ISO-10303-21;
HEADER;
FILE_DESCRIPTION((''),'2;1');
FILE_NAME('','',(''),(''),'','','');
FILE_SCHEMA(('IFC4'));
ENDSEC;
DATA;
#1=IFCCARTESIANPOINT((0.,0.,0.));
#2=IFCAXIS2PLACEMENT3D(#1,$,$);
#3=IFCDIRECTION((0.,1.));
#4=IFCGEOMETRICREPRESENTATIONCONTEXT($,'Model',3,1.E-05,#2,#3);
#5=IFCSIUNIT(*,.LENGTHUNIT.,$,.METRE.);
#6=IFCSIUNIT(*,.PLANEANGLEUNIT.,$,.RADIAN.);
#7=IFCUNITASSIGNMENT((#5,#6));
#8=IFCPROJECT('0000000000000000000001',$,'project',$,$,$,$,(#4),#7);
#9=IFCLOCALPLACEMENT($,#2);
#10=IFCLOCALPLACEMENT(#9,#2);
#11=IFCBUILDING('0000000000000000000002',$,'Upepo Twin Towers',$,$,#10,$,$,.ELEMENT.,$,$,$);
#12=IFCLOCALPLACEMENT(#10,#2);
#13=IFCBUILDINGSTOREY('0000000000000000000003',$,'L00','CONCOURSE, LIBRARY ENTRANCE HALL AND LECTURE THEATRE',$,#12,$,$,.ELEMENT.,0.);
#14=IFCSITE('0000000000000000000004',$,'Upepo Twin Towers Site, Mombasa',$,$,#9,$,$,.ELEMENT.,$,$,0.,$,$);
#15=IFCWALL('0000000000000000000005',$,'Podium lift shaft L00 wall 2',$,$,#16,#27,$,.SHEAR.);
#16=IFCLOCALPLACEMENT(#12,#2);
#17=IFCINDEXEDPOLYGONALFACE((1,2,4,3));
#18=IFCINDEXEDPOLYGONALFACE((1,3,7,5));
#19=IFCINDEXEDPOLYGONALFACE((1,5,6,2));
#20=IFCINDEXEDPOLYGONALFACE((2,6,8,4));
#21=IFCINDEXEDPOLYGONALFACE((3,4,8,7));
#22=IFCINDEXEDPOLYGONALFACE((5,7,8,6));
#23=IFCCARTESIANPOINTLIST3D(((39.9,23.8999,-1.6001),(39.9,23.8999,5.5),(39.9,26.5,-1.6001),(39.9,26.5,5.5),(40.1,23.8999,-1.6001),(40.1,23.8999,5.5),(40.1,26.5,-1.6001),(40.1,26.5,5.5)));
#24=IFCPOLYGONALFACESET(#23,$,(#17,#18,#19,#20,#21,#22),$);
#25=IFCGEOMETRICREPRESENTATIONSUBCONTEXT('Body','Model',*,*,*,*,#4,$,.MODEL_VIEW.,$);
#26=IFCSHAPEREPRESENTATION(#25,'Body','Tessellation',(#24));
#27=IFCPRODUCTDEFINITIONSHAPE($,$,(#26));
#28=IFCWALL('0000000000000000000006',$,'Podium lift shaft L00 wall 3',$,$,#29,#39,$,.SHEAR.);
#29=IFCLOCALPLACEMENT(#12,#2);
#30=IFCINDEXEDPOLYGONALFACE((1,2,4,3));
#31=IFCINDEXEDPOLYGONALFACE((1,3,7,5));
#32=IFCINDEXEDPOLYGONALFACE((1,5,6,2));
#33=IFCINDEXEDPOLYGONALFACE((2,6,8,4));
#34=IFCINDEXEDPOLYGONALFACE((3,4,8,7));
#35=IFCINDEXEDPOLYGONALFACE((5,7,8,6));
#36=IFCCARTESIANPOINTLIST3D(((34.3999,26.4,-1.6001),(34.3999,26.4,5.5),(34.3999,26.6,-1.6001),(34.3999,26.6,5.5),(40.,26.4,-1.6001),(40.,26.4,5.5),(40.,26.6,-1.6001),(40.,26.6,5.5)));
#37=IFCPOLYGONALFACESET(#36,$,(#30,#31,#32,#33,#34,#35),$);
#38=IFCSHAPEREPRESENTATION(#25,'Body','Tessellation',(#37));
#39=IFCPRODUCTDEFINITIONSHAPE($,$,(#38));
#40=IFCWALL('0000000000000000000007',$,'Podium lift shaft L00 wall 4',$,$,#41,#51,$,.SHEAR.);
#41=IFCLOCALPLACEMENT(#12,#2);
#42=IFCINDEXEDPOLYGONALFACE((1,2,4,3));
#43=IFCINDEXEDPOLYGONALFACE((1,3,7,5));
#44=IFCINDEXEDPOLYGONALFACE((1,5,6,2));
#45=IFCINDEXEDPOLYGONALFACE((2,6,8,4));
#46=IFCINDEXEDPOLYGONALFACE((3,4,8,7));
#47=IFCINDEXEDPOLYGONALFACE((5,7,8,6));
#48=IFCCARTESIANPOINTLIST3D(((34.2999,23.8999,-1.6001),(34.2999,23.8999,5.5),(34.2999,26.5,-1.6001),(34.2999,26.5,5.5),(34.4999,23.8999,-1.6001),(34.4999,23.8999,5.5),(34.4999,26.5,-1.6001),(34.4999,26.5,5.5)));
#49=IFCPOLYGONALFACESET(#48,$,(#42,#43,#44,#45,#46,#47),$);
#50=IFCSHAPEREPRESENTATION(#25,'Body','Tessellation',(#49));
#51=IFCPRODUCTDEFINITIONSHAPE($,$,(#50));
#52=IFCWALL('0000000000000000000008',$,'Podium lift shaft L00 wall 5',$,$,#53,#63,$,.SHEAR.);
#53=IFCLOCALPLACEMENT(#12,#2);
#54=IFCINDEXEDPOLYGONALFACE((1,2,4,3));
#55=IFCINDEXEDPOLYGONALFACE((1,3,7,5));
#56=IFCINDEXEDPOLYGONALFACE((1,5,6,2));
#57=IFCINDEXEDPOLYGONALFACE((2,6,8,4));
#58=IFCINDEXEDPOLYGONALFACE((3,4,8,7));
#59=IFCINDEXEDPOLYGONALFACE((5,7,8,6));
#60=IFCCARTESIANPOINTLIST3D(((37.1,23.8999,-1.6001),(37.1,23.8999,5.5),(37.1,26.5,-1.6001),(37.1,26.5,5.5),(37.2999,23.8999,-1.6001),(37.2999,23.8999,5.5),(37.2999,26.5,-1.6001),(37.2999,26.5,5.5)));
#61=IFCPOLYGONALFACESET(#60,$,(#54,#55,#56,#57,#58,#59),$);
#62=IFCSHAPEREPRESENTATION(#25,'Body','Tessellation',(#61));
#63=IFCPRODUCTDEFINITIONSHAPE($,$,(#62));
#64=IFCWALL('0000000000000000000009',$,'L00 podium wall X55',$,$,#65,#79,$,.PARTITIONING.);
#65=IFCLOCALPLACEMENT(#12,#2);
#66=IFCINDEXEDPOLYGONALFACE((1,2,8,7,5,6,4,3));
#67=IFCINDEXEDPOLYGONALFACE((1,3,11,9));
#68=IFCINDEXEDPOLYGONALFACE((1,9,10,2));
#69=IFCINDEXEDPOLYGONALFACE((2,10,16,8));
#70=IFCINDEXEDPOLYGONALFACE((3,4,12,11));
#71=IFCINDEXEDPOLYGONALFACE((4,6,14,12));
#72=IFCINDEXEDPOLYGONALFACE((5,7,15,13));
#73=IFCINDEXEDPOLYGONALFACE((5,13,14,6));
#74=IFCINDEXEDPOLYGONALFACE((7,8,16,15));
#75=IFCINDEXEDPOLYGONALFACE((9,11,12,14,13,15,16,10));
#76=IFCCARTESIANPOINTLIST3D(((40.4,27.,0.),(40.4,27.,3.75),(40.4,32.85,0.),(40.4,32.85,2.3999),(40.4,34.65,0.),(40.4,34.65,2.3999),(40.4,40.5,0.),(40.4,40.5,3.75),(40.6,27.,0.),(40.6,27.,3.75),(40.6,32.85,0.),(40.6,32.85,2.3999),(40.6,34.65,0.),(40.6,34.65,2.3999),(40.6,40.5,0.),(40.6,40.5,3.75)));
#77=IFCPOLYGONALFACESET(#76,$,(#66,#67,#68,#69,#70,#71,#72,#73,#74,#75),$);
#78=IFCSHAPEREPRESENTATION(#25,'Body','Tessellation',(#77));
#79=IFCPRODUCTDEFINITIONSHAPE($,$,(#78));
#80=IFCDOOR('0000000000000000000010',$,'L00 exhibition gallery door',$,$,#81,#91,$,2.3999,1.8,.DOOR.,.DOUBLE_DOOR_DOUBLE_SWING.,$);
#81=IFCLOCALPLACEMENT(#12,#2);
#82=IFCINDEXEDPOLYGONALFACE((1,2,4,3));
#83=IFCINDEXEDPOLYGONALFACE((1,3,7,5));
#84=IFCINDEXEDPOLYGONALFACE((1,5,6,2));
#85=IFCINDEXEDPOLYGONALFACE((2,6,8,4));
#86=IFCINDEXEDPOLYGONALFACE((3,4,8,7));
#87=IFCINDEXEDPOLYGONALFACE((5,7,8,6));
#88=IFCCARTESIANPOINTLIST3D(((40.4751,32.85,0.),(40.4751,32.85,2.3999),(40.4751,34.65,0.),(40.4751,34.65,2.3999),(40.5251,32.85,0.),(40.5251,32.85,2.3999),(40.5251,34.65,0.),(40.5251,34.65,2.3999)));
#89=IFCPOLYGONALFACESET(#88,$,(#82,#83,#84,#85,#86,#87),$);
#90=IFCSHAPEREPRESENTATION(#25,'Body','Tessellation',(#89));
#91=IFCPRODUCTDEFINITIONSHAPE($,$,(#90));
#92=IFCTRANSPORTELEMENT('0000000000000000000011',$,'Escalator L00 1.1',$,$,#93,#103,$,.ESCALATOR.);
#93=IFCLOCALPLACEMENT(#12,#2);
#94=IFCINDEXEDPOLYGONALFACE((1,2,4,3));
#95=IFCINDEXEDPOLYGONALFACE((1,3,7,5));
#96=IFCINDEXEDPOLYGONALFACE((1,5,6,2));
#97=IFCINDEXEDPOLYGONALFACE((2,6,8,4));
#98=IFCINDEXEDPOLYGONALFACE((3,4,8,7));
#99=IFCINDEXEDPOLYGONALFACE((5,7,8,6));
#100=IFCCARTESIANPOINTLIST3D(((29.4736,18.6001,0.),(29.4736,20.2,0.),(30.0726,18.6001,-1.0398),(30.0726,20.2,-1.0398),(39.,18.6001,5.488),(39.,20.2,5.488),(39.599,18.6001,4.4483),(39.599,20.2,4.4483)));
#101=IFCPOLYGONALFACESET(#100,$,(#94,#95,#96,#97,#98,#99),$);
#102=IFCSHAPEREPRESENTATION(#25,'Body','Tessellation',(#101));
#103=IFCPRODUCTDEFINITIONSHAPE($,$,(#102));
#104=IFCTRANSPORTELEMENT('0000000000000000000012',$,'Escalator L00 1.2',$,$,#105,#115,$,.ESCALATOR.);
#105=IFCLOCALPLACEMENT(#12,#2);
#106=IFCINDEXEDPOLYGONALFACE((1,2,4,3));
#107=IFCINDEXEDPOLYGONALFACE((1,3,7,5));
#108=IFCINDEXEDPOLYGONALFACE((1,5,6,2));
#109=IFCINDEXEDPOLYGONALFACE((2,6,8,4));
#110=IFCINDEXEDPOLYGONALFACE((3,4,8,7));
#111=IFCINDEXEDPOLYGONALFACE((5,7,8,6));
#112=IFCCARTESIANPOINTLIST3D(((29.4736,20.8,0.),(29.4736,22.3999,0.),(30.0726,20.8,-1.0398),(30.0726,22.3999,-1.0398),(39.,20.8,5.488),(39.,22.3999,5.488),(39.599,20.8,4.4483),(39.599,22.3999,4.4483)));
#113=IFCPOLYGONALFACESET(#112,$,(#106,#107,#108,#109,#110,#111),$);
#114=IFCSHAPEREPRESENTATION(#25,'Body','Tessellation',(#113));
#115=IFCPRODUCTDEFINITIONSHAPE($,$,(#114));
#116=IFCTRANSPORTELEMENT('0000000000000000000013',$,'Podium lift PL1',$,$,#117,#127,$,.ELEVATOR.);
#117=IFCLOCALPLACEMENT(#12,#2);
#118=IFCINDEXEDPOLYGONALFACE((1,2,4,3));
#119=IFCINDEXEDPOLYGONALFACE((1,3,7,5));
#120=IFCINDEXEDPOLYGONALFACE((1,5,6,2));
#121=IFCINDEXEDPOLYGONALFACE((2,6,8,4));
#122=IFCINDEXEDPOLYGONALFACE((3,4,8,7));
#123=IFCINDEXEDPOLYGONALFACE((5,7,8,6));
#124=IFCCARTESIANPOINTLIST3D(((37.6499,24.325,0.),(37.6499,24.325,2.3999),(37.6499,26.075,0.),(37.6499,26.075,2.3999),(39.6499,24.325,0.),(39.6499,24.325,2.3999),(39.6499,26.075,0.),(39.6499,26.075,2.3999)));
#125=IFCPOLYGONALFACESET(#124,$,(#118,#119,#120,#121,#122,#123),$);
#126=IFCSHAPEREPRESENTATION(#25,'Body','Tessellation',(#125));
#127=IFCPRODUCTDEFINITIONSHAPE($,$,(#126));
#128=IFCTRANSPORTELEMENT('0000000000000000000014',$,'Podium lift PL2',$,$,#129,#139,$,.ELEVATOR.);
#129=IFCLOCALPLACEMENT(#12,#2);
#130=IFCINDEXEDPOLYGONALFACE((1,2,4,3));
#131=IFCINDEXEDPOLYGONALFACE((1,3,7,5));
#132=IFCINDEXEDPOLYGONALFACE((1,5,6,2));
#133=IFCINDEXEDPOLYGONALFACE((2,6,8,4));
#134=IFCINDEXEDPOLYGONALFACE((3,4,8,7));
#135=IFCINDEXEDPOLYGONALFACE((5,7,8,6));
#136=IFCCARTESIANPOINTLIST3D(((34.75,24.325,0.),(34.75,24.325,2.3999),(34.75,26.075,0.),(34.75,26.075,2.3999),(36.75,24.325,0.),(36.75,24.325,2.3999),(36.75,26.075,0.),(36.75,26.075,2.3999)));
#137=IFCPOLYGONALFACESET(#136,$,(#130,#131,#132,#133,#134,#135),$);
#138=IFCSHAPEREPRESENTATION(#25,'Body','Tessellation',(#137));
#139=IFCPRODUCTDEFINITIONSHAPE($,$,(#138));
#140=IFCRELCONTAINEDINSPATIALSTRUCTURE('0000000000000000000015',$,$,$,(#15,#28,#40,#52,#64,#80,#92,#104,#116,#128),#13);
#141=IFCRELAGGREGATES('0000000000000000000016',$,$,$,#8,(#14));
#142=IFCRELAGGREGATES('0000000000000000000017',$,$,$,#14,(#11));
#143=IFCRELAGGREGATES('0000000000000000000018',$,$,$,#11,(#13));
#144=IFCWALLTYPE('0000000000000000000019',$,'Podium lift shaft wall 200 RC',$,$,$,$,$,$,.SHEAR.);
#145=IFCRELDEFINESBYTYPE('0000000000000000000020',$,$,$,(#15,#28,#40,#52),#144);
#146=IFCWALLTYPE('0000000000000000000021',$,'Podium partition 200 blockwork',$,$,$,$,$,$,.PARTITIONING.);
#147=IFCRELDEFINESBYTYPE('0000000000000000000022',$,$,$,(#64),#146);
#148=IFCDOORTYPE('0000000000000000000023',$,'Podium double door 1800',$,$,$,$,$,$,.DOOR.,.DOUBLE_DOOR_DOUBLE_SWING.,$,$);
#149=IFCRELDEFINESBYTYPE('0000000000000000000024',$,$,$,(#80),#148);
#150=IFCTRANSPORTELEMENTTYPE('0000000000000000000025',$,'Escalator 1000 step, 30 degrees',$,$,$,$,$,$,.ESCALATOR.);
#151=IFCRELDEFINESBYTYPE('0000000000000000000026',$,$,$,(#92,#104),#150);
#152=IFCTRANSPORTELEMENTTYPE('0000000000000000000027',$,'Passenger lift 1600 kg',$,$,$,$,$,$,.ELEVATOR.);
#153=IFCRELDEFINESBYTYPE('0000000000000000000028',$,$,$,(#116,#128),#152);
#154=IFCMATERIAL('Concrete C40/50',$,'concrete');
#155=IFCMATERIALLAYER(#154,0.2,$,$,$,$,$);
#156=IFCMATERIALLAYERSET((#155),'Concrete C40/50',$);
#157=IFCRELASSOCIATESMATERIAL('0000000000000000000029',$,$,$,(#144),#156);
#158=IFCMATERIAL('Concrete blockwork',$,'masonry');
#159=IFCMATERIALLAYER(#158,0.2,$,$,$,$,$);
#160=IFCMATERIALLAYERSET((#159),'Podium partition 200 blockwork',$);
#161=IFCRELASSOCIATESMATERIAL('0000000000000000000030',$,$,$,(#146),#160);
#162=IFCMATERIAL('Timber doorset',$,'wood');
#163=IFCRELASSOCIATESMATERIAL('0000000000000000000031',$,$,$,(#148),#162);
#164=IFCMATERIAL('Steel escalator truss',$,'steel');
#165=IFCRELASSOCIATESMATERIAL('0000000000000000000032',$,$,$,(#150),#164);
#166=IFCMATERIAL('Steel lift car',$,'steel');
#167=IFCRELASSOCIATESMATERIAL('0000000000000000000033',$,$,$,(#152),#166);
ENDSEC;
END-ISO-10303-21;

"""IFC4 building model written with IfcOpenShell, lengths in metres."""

from ifc_helpers import new_model, si_unit, direction, frame, frame_2d, origin, origin_2d, place, context, subcontext, project, spatial, polyline, rectangle, outline, extrude, material, layer, layer_set, type_object, element, fill, save


model = new_model("IFC4")

# Units and contexts
model_context = context("Model", 3, precision=1e-05, world=origin(), true_north=direction((0.0, 1.0)))
body_context = subcontext(model_context, "Body", "Model", "MODEL_VIEW")
ifc_project = project(units=[si_unit("LENGTHUNIT", "METRE"), si_unit("PLANEANGLEUNIT", "RADIAN")], contexts=[model_context])

# Site, building, storey
site_placement = place(None, origin())
site = spatial("IfcSite", under=ifc_project, at=site_placement, Name="Upepo Twin Towers Site, Mombasa", CompositionType="ELEMENT", RefElevation=0.0)
building_placement = place(site_placement, origin())
building = spatial("IfcBuilding", under=site, at=building_placement, Name="Upepo Twin Towers", CompositionType="ELEMENT")
storey_placement = place(building_placement, origin())
storey = spatial("IfcBuildingStorey", under=building, at=storey_placement, Name="L00", Description="CONCOURSE, LIBRARY ENTRANCE HALL AND LECTURE THEATRE", CompositionType="ELEMENT", Elevation=0.0)

# Shared definitions
ifc_material_1 = material(Name="Concrete C40/50", Category="concrete")
ifc_layer_1 = layer(ifc_material_1, 0.2)
ifc_layer_set_1 = layer_set([ifc_layer_1], Name="Concrete C40/50")
wall_type_1 = type_object("IfcWallType", Name="Podium lift shaft wall 200 RC", PredefinedType="SHEAR", material=ifc_layer_set_1)

# Walls
wall_1_placement = place(storey_placement, frame((40.0, 23.8999, -1.6001), z_axis=(0.0, 0.0, 1.0), x_axis=(0.0, 1.0, 0.0)))
element("IfcWall", 1, at=wall_1_placement, inside=storey, type_object=wall_type_1, Name="Podium lift shaft L00 wall 2", PredefinedType="SHEAR", context=body_context, shape_type="SweptSolid", body=[
    extrude(rectangle(XDim=2.6001, YDim=0.2, at=frame_2d((1.3, 0.0))), origin(), (0.0, 0.0, 1.0), 7.1001),
])
wall_2_placement = place(storey_placement, frame((40.0, 26.5, -1.6001), z_axis=(0.0, 0.0, 1.0), x_axis=(-1.0, 0.0, 0.0)))
element("IfcWall", 2, at=wall_2_placement, inside=storey, type_object=wall_type_1, Name="Podium lift shaft L00 wall 3", PredefinedType="SHEAR", context=body_context, shape_type="SweptSolid", body=[
    extrude(rectangle(XDim=5.6001, YDim=0.2, at=frame_2d((2.8, 0.0))), origin(), (0.0, 0.0, 1.0), 7.1001),
])
for number, where, z_axis, x_axis, name in (
    (3, (34.3999, 26.5, -1.6001), (0.0, 0.0, 1.0), (0.0, -1.0, 0.0), "Podium lift shaft L00 wall 4"),
    (4, (37.2, 23.8999, -1.6001), (0.0, 0.0, 1.0), (0.0, 1.0, 0.0), "Podium lift shaft L00 wall 5"),
):
    element("IfcWall", number, at=place(storey_placement, frame(where, z_axis=z_axis, x_axis=x_axis)), inside=storey, type_object=wall_type_1, Name=name, PredefinedType="SHEAR", context=body_context, shape_type="SweptSolid", body=[
        extrude(rectangle(XDim=2.6001, YDim=0.2, at=frame_2d((1.3, 0.0))), origin(), (0.0, 0.0, 1.0), 7.1001),
    ])

# Wall, opening, door
ifc_material_2 = material(Name="Concrete blockwork", Category="masonry")
ifc_layer_2 = layer(ifc_material_2, 0.2)
ifc_layer_set_2 = layer_set([ifc_layer_2], Name="Podium partition 200 blockwork")
wall_type_2 = type_object("IfcWallType", Name="Podium partition 200 blockwork", PredefinedType="PARTITIONING", material=ifc_layer_set_2)
wall_3_placement = place(storey_placement, frame((40.5, 27.0, 0.0), z_axis=(0.0, 0.0, 1.0), x_axis=(0.0, 1.0, 0.0)))
wall_3 = element("IfcWall", 5, at=wall_3_placement, inside=storey, type_object=wall_type_2, Name="L00 podium wall X55", PredefinedType="PARTITIONING", context=body_context, shape_type="SweptSolid", body=[
    extrude(rectangle(XDim=13.5, YDim=0.2, at=frame_2d((6.75, 0.0))), origin(), (0.0, 0.0, 1.0), 3.75),
])
opening_1_placement = place(wall_3_placement, frame((5.8501, 0.0, 0.0)))
opening_1 = element("IfcOpeningElement", 6, at=opening_1_placement, cuts=wall_3, PredefinedType="OPENING", context=body_context, shape_type="SweptSolid", body=[
    extrude(rectangle(XDim=1.8, YDim=2.3999, at=frame_2d((0.8999, 1.2))), frame((0.0, 0.1099, 0.0), z_axis=(0.0, -1.0, 0.0), x_axis=(1.0, 0.0, 0.0)), (0.0, 0.0, 1.0), 0.22),
])
ifc_material_3 = material(Name="Timber doorset", Category="wood")
door_type_1 = type_object("IfcDoorType", Name="Podium double door 1800", OperationType="DOUBLE_DOOR_DOUBLE_SWING", PredefinedType="DOOR", material=ifc_material_3)
door_1_placement = place(opening_1_placement, origin())
door_1 = element("IfcDoor", 7, at=door_1_placement, inside=storey, type_object=door_type_1, Name="L00 exhibition gallery door", OperationType="DOUBLE_DOOR_DOUBLE_SWING", OverallHeight=2.3999, OverallWidth=1.8, PredefinedType="DOOR", context=body_context, shape_type="SweptSolid", body=[
    extrude(rectangle(XDim=1.8, YDim=2.3999, at=frame_2d((0.8999, 1.2))), frame((0.0, 0.0249, 0.0), z_axis=(0.0, -1.0, 0.0), x_axis=(1.0, 0.0, 0.0)), (0.0, 0.0, 1.0), 0.05),
])
fill(opening_1, door_1)

# Transport elements
ifc_material_4 = material(Name="Steel escalator truss", Category="steel")
transport_element_type_1 = type_object("IfcTransportElementType", Name="Escalator 1000 step, 30 degrees", PredefinedType="ESCALATOR", material=ifc_material_4)
for number, where, z_axis, x_axis, name in (
    (8, (29.4736, 18.6001, 0.0), (-0.49918, 0.0, 0.866498), (0.866498, 0.0, 0.49918), "Escalator L00 1.1"),
    (9, (29.4736, 20.8, 0.0), (-0.49918, 0.0, 0.866498), (0.866498, 0.0, 0.49918), "Escalator L00 1.2"),
):
    element("IfcTransportElement", number, at=place(storey_placement, frame(where, z_axis=z_axis, x_axis=x_axis)), inside=storey, type_object=transport_element_type_1, Name=name, PredefinedType="ESCALATOR", context=body_context, shape_type="SweptSolid", body=[
        extrude(outline(polyline([(0.0, 0.0), (10.9941, 0.0), (10.9941, 1.5999), (0.0, 1.5999), (0.0, 0.0)])), origin(), (0.0, 0.0, -1.0), 1.2),
    ])
ifc_material_5 = material(Name="Steel lift car", Category="steel")
transport_element_type_2 = type_object("IfcTransportElementType", Name="Passenger lift 1600 kg", PredefinedType="ELEVATOR", material=ifc_material_5)
for number, where, z_axis, x_axis, name in (
    (10, (38.6499, 25.2, 0.0), (0.0, 0.0, 1.0), (1.0, 0.0, 0.0), "Podium lift PL1"),
    (11, (35.75, 25.2, 0.0), (0.0, 0.0, 1.0), (1.0, 0.0, 0.0), "Podium lift PL2"),
):
    element("IfcTransportElement", number, at=place(storey_placement, frame(where, z_axis=z_axis, x_axis=x_axis)), inside=storey, type_object=transport_element_type_2, Name=name, PredefinedType="ELEVATOR", context=body_context, shape_type="SweptSolid", body=[
        extrude(rectangle(XDim=2.0, YDim=1.75, at=origin_2d()), origin(), (0.0, 0.0, 1.0), 2.3999),
    ])

save(model, "model.ifc")
